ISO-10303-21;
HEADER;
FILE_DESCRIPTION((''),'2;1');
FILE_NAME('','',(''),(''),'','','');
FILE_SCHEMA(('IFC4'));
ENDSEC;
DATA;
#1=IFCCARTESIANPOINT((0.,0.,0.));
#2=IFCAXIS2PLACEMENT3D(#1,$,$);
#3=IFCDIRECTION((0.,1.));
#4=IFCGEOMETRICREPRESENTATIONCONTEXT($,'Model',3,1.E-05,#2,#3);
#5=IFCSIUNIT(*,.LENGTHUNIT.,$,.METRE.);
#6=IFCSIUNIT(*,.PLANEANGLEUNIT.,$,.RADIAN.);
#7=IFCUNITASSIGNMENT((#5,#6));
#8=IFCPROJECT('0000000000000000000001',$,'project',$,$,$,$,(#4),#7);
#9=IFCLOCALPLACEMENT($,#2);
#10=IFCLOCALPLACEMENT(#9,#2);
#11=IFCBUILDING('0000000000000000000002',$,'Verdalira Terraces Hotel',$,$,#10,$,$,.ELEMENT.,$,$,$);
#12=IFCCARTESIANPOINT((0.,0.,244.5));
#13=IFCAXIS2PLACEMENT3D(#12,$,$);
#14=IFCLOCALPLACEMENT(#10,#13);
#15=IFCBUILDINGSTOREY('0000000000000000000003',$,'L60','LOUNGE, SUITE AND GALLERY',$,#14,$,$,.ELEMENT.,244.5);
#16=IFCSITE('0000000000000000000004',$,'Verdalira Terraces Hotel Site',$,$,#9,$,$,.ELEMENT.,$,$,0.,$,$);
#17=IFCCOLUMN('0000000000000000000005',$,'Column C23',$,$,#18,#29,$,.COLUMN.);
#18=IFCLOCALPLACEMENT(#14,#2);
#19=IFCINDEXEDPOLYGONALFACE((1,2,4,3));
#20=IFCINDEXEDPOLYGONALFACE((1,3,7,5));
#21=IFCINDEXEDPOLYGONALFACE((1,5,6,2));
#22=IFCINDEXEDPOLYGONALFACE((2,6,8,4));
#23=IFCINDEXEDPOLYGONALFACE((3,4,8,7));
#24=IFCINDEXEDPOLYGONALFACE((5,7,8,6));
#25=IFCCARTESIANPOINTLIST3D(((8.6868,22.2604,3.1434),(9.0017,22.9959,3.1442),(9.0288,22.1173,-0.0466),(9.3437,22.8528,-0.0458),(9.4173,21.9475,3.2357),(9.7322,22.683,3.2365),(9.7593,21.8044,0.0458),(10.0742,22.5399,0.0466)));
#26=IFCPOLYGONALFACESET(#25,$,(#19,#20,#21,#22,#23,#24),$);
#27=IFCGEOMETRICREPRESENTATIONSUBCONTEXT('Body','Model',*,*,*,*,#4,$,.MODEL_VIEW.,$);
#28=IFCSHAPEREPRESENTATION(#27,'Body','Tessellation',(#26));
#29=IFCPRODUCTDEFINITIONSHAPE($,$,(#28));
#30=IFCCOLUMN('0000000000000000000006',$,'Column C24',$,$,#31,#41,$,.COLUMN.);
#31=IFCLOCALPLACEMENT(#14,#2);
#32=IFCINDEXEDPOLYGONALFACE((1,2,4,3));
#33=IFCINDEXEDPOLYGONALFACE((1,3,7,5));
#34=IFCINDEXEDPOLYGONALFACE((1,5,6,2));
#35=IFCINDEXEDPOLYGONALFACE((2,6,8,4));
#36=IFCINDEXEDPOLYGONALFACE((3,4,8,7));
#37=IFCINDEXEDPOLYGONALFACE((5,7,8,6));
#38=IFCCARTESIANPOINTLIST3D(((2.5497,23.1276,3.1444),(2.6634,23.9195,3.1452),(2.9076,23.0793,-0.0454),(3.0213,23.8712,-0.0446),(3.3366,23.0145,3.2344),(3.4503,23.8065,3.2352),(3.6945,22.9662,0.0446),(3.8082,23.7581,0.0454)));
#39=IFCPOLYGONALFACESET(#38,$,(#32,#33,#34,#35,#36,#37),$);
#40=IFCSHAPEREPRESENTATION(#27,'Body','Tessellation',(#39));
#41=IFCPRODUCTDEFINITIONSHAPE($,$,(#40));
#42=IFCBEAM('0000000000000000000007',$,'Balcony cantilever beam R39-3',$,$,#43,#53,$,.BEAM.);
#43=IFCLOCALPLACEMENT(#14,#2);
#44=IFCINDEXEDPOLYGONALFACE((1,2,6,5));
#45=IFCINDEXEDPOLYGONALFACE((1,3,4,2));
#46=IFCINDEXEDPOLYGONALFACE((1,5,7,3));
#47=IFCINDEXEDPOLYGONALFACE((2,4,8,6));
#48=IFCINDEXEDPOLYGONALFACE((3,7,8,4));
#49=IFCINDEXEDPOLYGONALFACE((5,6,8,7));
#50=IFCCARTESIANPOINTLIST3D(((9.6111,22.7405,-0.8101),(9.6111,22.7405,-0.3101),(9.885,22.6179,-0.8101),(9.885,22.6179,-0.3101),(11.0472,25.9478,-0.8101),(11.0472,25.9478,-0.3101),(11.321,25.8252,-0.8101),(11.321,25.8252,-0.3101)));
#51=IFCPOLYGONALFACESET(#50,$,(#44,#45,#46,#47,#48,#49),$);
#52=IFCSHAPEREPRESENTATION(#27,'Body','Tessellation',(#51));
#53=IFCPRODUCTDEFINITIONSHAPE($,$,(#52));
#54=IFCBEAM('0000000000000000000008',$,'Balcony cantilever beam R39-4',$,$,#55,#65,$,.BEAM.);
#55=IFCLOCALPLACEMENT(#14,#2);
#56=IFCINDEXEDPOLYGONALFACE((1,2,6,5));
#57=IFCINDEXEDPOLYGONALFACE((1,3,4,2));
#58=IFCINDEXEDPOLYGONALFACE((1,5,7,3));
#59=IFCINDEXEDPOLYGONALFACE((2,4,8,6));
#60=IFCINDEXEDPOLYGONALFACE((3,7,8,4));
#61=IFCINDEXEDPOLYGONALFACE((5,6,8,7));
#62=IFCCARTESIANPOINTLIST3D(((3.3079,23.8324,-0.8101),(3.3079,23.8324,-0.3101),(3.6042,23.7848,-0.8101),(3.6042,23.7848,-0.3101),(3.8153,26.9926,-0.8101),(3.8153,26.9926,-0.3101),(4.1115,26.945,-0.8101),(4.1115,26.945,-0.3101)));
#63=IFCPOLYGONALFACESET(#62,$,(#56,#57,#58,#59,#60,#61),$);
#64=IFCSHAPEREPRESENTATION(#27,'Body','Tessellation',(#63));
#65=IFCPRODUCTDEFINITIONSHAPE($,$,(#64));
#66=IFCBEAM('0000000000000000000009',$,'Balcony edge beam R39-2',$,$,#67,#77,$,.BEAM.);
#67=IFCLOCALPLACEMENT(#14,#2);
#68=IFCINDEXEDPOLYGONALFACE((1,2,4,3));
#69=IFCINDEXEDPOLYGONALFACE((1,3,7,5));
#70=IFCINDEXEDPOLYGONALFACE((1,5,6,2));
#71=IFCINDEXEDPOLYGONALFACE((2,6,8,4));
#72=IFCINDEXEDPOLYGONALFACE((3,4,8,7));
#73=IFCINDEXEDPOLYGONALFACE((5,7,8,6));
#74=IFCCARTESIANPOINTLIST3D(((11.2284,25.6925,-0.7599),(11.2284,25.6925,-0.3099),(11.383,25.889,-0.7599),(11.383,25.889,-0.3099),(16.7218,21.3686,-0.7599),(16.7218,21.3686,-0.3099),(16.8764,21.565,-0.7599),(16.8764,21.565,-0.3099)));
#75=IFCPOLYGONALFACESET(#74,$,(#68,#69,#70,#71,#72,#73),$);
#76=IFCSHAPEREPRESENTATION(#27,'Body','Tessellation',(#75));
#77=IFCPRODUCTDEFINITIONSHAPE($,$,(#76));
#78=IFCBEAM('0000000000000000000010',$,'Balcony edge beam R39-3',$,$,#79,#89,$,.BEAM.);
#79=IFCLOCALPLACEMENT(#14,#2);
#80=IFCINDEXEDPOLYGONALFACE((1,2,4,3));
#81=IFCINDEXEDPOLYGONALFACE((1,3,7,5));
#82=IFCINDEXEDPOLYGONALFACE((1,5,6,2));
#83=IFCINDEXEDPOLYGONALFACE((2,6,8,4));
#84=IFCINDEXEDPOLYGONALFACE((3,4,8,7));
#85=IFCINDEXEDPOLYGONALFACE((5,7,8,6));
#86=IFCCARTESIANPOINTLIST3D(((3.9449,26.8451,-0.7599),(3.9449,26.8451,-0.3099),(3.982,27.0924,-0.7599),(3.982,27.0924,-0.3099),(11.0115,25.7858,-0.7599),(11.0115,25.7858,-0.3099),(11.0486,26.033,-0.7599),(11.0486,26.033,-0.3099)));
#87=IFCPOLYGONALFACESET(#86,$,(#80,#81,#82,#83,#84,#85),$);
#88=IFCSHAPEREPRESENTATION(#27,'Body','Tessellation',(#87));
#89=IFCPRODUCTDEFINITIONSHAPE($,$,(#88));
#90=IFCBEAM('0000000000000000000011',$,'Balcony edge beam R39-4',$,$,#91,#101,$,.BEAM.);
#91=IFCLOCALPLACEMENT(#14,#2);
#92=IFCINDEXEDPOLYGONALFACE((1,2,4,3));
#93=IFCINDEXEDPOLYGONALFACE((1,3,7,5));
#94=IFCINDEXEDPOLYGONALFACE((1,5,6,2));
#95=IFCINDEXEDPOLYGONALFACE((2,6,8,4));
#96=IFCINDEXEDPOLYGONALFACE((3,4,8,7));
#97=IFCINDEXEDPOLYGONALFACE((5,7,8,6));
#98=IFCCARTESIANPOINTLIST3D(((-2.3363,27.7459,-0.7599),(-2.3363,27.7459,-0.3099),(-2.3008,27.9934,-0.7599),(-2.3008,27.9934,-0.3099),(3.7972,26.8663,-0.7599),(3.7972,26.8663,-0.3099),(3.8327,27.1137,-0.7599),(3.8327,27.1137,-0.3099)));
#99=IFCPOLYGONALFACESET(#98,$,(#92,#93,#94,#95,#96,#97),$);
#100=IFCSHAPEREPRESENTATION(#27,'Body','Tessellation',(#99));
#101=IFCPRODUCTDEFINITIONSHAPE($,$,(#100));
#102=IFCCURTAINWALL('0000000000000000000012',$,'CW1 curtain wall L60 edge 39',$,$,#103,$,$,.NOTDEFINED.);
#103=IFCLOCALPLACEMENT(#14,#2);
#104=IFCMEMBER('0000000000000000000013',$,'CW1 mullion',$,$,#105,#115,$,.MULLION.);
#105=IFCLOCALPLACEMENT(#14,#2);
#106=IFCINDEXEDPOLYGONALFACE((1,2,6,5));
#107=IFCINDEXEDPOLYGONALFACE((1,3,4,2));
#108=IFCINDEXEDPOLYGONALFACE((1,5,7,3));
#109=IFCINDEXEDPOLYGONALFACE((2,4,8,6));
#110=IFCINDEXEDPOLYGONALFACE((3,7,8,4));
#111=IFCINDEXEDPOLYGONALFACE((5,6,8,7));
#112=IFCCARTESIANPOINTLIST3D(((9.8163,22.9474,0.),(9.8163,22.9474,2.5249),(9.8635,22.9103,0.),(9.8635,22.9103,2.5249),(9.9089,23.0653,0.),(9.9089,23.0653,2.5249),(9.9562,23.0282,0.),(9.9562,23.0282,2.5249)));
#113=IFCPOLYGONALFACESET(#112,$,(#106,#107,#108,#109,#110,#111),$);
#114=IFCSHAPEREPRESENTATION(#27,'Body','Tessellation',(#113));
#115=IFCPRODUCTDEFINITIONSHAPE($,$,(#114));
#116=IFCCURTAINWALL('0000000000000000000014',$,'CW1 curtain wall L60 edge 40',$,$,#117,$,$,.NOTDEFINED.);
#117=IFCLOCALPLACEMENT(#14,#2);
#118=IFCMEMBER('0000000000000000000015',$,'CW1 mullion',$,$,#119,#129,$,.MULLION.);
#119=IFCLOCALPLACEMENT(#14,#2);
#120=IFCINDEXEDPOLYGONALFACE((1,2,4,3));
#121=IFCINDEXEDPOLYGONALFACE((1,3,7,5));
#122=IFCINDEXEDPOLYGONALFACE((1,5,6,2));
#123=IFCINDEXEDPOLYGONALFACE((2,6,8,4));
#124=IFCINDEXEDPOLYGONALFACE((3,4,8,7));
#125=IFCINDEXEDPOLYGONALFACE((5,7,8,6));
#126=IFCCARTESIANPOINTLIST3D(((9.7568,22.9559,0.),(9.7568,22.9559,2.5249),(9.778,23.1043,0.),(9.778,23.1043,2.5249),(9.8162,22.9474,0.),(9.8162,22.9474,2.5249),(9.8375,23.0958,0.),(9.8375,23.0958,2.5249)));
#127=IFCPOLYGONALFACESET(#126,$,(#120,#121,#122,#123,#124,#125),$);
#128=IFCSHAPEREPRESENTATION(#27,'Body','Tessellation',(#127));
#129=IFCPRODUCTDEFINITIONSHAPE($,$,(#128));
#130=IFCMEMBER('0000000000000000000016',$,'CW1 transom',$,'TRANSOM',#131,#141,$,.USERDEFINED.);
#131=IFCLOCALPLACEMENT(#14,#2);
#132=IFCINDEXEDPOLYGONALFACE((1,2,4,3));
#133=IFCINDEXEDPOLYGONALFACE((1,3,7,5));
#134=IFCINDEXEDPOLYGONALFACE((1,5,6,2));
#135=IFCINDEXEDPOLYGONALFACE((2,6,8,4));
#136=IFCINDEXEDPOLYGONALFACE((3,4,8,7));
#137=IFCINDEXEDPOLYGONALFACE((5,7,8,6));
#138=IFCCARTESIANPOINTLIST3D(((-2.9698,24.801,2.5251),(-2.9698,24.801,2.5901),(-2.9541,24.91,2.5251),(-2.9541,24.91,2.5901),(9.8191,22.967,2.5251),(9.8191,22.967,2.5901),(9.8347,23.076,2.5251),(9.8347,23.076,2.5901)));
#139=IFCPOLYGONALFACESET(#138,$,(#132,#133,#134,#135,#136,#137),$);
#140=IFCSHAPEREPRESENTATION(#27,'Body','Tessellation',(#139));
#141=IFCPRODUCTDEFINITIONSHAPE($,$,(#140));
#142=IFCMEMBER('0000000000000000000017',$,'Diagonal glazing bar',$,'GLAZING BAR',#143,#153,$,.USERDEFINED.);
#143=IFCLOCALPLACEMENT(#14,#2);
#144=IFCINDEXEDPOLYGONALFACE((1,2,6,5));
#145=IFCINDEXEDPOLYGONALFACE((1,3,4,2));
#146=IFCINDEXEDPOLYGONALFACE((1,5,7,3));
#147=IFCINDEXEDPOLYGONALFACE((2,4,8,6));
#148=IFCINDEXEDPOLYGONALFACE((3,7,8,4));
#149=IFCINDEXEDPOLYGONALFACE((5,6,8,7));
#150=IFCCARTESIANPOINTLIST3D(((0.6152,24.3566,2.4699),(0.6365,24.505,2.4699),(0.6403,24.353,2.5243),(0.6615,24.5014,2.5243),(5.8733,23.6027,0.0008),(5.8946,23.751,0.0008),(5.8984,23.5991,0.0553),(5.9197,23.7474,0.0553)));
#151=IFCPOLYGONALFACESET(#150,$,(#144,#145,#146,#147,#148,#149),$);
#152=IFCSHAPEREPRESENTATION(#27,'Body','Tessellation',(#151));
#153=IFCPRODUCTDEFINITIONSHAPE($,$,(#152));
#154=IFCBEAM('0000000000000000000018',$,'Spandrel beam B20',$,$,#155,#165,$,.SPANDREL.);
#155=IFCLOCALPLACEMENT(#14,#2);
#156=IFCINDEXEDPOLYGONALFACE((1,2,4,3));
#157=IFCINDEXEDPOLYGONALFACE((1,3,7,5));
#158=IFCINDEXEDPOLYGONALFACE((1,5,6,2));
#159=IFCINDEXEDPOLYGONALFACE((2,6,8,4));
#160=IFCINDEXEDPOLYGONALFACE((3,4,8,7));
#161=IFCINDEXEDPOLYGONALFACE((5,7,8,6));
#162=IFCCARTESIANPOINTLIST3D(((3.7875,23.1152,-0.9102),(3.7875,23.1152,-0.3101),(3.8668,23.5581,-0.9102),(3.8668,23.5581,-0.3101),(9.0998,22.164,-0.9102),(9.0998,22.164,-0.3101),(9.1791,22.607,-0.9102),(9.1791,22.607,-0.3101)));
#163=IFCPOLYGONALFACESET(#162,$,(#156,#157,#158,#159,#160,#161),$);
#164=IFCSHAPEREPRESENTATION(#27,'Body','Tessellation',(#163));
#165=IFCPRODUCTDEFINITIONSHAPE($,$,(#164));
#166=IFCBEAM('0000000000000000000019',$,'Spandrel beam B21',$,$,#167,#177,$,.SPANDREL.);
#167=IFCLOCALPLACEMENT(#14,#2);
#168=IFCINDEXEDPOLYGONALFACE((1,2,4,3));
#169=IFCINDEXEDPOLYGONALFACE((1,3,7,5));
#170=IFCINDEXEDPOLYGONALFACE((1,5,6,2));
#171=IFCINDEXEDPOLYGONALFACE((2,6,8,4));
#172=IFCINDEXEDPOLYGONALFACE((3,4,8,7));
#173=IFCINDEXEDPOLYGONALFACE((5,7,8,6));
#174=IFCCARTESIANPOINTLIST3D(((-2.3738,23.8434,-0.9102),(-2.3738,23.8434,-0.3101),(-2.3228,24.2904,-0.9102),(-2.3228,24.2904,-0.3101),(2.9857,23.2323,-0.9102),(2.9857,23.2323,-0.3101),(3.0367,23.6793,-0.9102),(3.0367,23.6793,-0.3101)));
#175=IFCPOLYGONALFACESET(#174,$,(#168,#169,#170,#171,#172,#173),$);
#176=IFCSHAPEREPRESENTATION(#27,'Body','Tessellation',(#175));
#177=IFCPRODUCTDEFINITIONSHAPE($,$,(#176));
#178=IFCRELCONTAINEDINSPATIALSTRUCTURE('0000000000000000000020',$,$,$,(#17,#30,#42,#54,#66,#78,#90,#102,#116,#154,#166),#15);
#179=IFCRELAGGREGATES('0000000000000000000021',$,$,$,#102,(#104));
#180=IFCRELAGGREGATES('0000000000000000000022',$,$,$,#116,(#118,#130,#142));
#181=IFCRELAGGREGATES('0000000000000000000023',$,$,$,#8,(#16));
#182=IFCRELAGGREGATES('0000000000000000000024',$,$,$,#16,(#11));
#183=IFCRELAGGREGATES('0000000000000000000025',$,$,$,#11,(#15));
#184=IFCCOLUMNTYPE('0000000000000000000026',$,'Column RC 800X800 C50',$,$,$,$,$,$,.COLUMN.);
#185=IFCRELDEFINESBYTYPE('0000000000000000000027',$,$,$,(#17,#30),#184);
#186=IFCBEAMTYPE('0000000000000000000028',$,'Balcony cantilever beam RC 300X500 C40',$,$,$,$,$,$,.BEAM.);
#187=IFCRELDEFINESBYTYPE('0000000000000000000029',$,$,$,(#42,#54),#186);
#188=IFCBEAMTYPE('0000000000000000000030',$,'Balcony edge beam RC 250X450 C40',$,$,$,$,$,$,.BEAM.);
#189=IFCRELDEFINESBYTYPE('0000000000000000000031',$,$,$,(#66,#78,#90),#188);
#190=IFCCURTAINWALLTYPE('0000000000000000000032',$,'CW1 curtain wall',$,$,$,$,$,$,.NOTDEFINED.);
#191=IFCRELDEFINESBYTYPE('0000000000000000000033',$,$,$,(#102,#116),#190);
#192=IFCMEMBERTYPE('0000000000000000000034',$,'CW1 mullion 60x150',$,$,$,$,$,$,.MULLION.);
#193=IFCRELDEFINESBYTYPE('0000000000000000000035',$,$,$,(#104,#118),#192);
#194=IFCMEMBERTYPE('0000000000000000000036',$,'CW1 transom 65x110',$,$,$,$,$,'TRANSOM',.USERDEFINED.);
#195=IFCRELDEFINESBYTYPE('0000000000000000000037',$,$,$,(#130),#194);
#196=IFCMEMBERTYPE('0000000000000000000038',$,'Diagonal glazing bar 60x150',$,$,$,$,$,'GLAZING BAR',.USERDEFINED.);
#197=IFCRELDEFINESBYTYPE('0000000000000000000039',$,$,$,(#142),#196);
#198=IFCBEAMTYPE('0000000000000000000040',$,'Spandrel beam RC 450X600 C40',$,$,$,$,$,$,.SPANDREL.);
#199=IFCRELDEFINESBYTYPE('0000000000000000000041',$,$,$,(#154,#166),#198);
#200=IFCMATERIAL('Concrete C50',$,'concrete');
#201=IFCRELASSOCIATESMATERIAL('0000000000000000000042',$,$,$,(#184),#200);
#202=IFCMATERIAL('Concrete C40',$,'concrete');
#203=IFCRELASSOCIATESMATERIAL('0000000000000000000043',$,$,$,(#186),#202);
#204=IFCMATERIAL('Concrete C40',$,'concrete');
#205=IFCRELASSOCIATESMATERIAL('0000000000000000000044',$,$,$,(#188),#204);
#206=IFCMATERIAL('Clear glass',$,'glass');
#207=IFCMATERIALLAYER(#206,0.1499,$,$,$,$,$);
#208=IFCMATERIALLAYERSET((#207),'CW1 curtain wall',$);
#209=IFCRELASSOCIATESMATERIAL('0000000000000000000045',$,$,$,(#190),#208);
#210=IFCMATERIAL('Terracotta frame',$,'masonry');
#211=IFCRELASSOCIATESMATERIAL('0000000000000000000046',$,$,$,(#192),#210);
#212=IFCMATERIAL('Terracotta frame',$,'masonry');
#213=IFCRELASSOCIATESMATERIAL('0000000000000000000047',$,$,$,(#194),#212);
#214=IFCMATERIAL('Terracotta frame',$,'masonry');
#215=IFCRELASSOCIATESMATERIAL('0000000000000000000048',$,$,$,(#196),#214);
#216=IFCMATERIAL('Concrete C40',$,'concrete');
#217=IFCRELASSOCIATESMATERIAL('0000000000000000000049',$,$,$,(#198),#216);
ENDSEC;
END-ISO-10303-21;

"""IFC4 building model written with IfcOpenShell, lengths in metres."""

from ifc_helpers import new_model, si_unit, direction, frame, origin, origin_2d, place, context, subcontext, project, spatial, rectangle, extrude, material, layer, layer_set, material_profile, profile_set, type_object, element, aggregate, save


model = new_model("IFC4")

# Units and contexts
model_context = context("Model", 3, precision=1e-05, world=origin(), true_north=direction((0.0, 1.0)))
body_context = subcontext(model_context, "Body", "Model", "MODEL_VIEW")
ifc_project = project(units=[si_unit("LENGTHUNIT", "METRE"), si_unit("PLANEANGLEUNIT", "RADIAN")], contexts=[model_context])

# Site, building, storey
site_placement = place(None, origin())
site = spatial("IfcSite", under=ifc_project, at=site_placement, Name="Verdalira Terraces Hotel Site", CompositionType="ELEMENT", RefElevation=0.0)
building_placement = place(site_placement, origin())
building = spatial("IfcBuilding", under=site, at=building_placement, Name="Verdalira Terraces Hotel", CompositionType="ELEMENT")
storey_placement = place(building_placement, frame((0.0, 0.0, 244.5)))
storey = spatial("IfcBuildingStorey", under=building, at=storey_placement, Name="L60", Description="LOUNGE, SUITE AND GALLERY", CompositionType="ELEMENT", Elevation=244.5)

# Columns
ifc_material_1 = material(Name="Concrete C50", Category="concrete")
ifc_material_profile_1 = material_profile(ifc_material_1, rectangle(XDim=0.8, YDim=0.8, at=origin_2d()), Name="RC 800X800")
ifc_profile_set_1 = profile_set([ifc_material_profile_1], Name="Concrete C50")
column_type = type_object("IfcColumnType", Name="Column RC 800X800 C50", PredefinedType="COLUMN", material=ifc_profile_set_1)
column_1_placement = place(storey_placement, frame((9.5515, 22.3286, 0.0), z_axis=(-0.106508, 0.044549, 0.993313), x_axis=(0.913094, -0.391064, 0.115445)))
element("IfcColumn", 1, at=column_1_placement, inside=storey, type_object=column_type, Name="Column C23", PredefinedType="COLUMN", context=body_context, shape_type="SweptSolid", body=[
    extrude(rectangle(XDim=0.8, YDim=0.8, at=origin_2d()), origin(), (0.0, 0.0, 1.0), 3.2114),
])
column_2_placement = place(storey_placement, frame((3.3579, 23.4187, 0.0), z_axis=(-0.111487, 0.015058, 0.993652), x_axis=(-0.983547, 0.141347, -0.112496)))
element("IfcColumn", 2, at=column_2_placement, inside=storey, type_object=column_type, Name="Column C24", PredefinedType="COLUMN", context=body_context, shape_type="SweptSolid", body=[
    extrude(rectangle(XDim=0.8, YDim=0.8, at=origin_2d()), origin(), (0.0, 0.0, 1.0), 3.2102),
])

# Beams
ifc_material_2 = material(Name="Concrete C40", Category="concrete")
ifc_material_profile_2 = material_profile(ifc_material_2, rectangle(XDim=0.3, YDim=0.5, at=origin_2d()), Name="RC 300X500")
ifc_profile_set_2 = profile_set([ifc_material_profile_2], Name="Concrete C40")
beam_type_1 = type_object("IfcBeamType", Name="Balcony cantilever beam RC 300X500 C40", PredefinedType="BEAM", material=ifc_profile_set_2)
beam_1_placement = place(storey_placement, frame((9.748, 22.6792, -0.5601), z_axis=(0.408651, 0.912691, 0.0), x_axis=(-0.912691, 0.408651, 0.0)))
element("IfcBeam", 3, at=beam_1_placement, inside=storey, type_object=beam_type_1, Name="Balcony cantilever beam R39-3", PredefinedType="BEAM", context=body_context, shape_type="SweptSolid", body=[
    extrude(rectangle(XDim=0.3, YDim=0.5, at=origin_2d()), origin(), (0.0, 0.0, 1.0), 3.5142),
])
beam_2_placement = place(storey_placement, frame((3.4561, 23.8086, -0.5601), z_axis=(0.158508, 0.987358, 0.0), x_axis=(-0.987358, 0.158508, 0.0)))
element("IfcBeam", 4, at=beam_2_placement, inside=storey, type_object=beam_type_1, Name="Balcony cantilever beam R39-4", PredefinedType="BEAM", context=body_context, shape_type="SweptSolid", body=[
    extrude(rectangle(XDim=0.3, YDim=0.5, at=origin_2d()), origin(), (0.0, 0.0, 1.0), 3.2007),
])
ifc_material_3 = material(Name="Concrete C40", Category="concrete")
ifc_material_profile_3 = material_profile(ifc_material_3, rectangle(XDim=0.25, YDim=0.45, at=origin_2d()), Name="RC 250X450")
ifc_profile_set_3 = profile_set([ifc_material_profile_3], Name="Concrete C40")
beam_type_2 = type_object("IfcBeamType", Name="Balcony edge beam RC 250X450 C40", PredefinedType="BEAM", material=ifc_profile_set_3)
beam_3_placement = place(storey_placement, frame((16.7991, 21.4668, -0.5349), z_axis=(-0.785781, 0.618505, 0.0), x_axis=(-0.618505, -0.785781, 0.0)))
element("IfcBeam", 5, at=beam_3_placement, inside=storey, type_object=beam_type_2, Name="Balcony edge beam R39-2", PredefinedType="BEAM", context=body_context, shape_type="SweptSolid", body=[
    extrude(rectangle(XDim=0.25, YDim=0.45, at=origin_2d()), origin(), (0.0, 0.0, 1.0), 6.991),
])
beam_4_placement = place(storey_placement, frame((11.03, 25.9094, -0.5349), z_axis=(-0.98895, 0.148249, 0.0), x_axis=(-0.148249, -0.98895, 0.0)))
element("IfcBeam", 6, at=beam_4_placement, inside=storey, type_object=beam_type_2, Name="Balcony edge beam R39-3", PredefinedType="BEAM", context=body_context, shape_type="SweptSolid", body=[
    extrude(rectangle(XDim=0.25, YDim=0.45, at=origin_2d()), origin(), (0.0, 0.0, 1.0), 7.1455),
])
beam_5_placement = place(storey_placement, frame((3.8149, 26.99, -0.5349), z_axis=(-0.989872, 0.141962, 0.0), x_axis=(-0.141962, -0.989872, 0.0)))
element("IfcBeam", 7, at=beam_5_placement, inside=storey, type_object=beam_type_2, Name="Balcony edge beam R39-4", PredefinedType="BEAM", context=body_context, shape_type="SweptSolid", body=[
    extrude(rectangle(XDim=0.25, YDim=0.45, at=origin_2d()), origin(), (0.0, 0.0, 1.0), 6.1963),
])

# Curtain wall, member
ifc_material_4 = material(Name="Clear glass", Category="glass")
ifc_layer_1 = layer(ifc_material_4, 0.1499)
ifc_layer_set_1 = layer_set([ifc_layer_1], Name="CW1 curtain wall")
curtain_wall_type = type_object("IfcCurtainWallType", Name="CW1 curtain wall", PredefinedType="NOTDEFINED", material=ifc_layer_set_1)
curtain_wall_1_placement = place(storey_placement, origin())
curtain_wall_1 = element("IfcCurtainWall", 8, at=curtain_wall_1_placement, inside=storey, type_object=curtain_wall_type, Name="CW1 curtain wall L60 edge 39", PredefinedType="NOTDEFINED")
ifc_material_5 = material(Name="Terracotta frame", Category="masonry")
ifc_material_profile_4 = material_profile(ifc_material_5, rectangle(XDim=0.0601, YDim=0.1499, at=origin_2d()), Name="MU 60x150")
ifc_profile_set_4 = profile_set([ifc_material_profile_4], Name="Terracotta frame")
member_type_1 = type_object("IfcMemberType", Name="CW1 mullion 60x150", PredefinedType="MULLION", material=ifc_profile_set_4)
member_1_placement = place(storey_placement, frame((9.8862, 22.9878, 0.0), z_axis=(0.0, 0.0, 1.0), x_axis=(-0.786288, 0.61786, 0.0)))
member_1 = element("IfcMember", 9, at=member_1_placement, type_object=member_type_1, Name="CW1 mullion", PredefinedType="MULLION", context=body_context, shape_type="SweptSolid", body=[
    extrude(rectangle(XDim=0.0601, YDim=0.1499, at=origin_2d()), origin(), (0.0, 0.0, 1.0), 2.5249),
])

# Curtain wall, members
curtain_wall_2_placement = place(storey_placement, origin())
curtain_wall_2 = element("IfcCurtainWall", 10, at=curtain_wall_2_placement, inside=storey, type_object=curtain_wall_type, Name="CW1 curtain wall L60 edge 40", PredefinedType="NOTDEFINED")
member_2_placement = place(storey_placement, frame((9.7971, 23.0259, 0.0), z_axis=(0.0, 0.0, 1.0), x_axis=(-0.989876, 0.141938, 0.0)))
member_2 = element("IfcMember", 11, at=member_2_placement, type_object=member_type_1, Name="CW1 mullion", PredefinedType="MULLION", context=body_context, shape_type="SweptSolid", body=[
    extrude(rectangle(XDim=0.0601, YDim=0.1499, at=origin_2d()), origin(), (0.0, 0.0, 1.0), 2.5249),
])
ifc_material_6 = material(Name="Terracotta frame", Category="masonry")
ifc_material_profile_5 = material_profile(ifc_material_6, rectangle(XDim=0.1101, YDim=0.0649, at=origin_2d()), Name="TR 65x110")
ifc_profile_set_5 = profile_set([ifc_material_profile_5], Name="Terracotta frame")
member_type_2 = type_object("IfcMemberType", Name="CW1 transom 65x110", ElementType="TRANSOM", PredefinedType="USERDEFINED", material=ifc_profile_set_5)
member_3_placement = place(storey_placement, frame((9.8269, 23.0215, 2.5576), z_axis=(-0.989873, 0.141953, 0.0), x_axis=(-0.141953, -0.989873, 0.0)))
member_3 = element("IfcMember", 12, at=member_3_placement, type_object=member_type_2, Name="CW1 transom", ObjectType="TRANSOM", PredefinedType="USERDEFINED", context=body_context, shape_type="SweptSolid", body=[
    extrude(rectangle(XDim=0.1101, YDim=0.0649, at=origin_2d()), origin(), (0.0, 0.0, 1.0), 12.9197),
])
ifc_material_7 = material(Name="Terracotta frame", Category="masonry")
ifc_material_profile_6 = material_profile(ifc_material_7, rectangle(XDim=0.1499, YDim=0.0601, at=origin_2d()), Name="GB 60x150")
ifc_profile_set_6 = profile_set([ifc_material_profile_6], Name="Terracotta frame")
member_type_3 = type_object("IfcMemberType", Name="Diagonal glazing bar 60x150", ElementType="GLAZING BAR", PredefinedType="USERDEFINED", material=ifc_profile_set_6)
member_4_placement = place(storey_placement, frame((5.8965, 23.675, 0.0281), z_axis=(-0.897647, 0.128706, 0.421503), x_axis=(-0.14193, -0.989877, 0.0)))
member_4 = element("IfcMember", 13, at=member_4_placement, type_object=member_type_3, Name="Diagonal glazing bar", ObjectType="GLAZING BAR", PredefinedType="USERDEFINED", context=body_context, shape_type="SweptSolid", body=[
    extrude(rectangle(XDim=0.1499, YDim=0.0601, at=origin_2d()), origin(), (0.0, 0.0, 1.0), 5.8577),
])

# Beams
ifc_material_8 = material(Name="Concrete C40", Category="concrete")
ifc_material_profile_7 = material_profile(ifc_material_8, rectangle(XDim=0.45, YDim=0.6001, at=origin_2d()), Name="RC 450X600")
ifc_profile_set_7 = profile_set([ifc_material_profile_7], Name="Concrete C40")
beam_type_3 = type_object("IfcBeamType", Name="Spandrel beam RC 450X600 C40", PredefinedType="SPANDREL", material=ifc_profile_set_7)
beam_6_placement = place(storey_placement, frame((9.1394, 22.3855, -0.6101), z_axis=(-0.984346, 0.176249, 0.0), x_axis=(-0.176249, -0.984346, 0.0)))
element("IfcBeam", 14, at=beam_6_placement, inside=storey, type_object=beam_type_3, Name="Spandrel beam B20", PredefinedType="SPANDREL", context=body_context, shape_type="SweptSolid", body=[
    extrude(rectangle(XDim=0.45, YDim=0.6001, at=origin_2d()), origin(), (0.0, 0.0, 1.0), 5.3967),
])
beam_7_placement = place(storey_placement, frame((3.0112, 23.4558, -0.6101), z_axis=(-0.993563, 0.113282, 0.0), x_axis=(-0.113282, -0.993563, 0.0)))
element("IfcBeam", 15, at=beam_7_placement, inside=storey, type_object=beam_type_3, Name="Spandrel beam B21", PredefinedType="SPANDREL", context=body_context, shape_type="SweptSolid", body=[
    extrude(rectangle(XDim=0.45, YDim=0.6001, at=origin_2d()), origin(), (0.0, 0.0, 1.0), 5.3943),
])

aggregate(curtain_wall_1, [member_1])
aggregate(curtain_wall_2, [member_2, member_3, member_4])

save(model, "model.ifc")
